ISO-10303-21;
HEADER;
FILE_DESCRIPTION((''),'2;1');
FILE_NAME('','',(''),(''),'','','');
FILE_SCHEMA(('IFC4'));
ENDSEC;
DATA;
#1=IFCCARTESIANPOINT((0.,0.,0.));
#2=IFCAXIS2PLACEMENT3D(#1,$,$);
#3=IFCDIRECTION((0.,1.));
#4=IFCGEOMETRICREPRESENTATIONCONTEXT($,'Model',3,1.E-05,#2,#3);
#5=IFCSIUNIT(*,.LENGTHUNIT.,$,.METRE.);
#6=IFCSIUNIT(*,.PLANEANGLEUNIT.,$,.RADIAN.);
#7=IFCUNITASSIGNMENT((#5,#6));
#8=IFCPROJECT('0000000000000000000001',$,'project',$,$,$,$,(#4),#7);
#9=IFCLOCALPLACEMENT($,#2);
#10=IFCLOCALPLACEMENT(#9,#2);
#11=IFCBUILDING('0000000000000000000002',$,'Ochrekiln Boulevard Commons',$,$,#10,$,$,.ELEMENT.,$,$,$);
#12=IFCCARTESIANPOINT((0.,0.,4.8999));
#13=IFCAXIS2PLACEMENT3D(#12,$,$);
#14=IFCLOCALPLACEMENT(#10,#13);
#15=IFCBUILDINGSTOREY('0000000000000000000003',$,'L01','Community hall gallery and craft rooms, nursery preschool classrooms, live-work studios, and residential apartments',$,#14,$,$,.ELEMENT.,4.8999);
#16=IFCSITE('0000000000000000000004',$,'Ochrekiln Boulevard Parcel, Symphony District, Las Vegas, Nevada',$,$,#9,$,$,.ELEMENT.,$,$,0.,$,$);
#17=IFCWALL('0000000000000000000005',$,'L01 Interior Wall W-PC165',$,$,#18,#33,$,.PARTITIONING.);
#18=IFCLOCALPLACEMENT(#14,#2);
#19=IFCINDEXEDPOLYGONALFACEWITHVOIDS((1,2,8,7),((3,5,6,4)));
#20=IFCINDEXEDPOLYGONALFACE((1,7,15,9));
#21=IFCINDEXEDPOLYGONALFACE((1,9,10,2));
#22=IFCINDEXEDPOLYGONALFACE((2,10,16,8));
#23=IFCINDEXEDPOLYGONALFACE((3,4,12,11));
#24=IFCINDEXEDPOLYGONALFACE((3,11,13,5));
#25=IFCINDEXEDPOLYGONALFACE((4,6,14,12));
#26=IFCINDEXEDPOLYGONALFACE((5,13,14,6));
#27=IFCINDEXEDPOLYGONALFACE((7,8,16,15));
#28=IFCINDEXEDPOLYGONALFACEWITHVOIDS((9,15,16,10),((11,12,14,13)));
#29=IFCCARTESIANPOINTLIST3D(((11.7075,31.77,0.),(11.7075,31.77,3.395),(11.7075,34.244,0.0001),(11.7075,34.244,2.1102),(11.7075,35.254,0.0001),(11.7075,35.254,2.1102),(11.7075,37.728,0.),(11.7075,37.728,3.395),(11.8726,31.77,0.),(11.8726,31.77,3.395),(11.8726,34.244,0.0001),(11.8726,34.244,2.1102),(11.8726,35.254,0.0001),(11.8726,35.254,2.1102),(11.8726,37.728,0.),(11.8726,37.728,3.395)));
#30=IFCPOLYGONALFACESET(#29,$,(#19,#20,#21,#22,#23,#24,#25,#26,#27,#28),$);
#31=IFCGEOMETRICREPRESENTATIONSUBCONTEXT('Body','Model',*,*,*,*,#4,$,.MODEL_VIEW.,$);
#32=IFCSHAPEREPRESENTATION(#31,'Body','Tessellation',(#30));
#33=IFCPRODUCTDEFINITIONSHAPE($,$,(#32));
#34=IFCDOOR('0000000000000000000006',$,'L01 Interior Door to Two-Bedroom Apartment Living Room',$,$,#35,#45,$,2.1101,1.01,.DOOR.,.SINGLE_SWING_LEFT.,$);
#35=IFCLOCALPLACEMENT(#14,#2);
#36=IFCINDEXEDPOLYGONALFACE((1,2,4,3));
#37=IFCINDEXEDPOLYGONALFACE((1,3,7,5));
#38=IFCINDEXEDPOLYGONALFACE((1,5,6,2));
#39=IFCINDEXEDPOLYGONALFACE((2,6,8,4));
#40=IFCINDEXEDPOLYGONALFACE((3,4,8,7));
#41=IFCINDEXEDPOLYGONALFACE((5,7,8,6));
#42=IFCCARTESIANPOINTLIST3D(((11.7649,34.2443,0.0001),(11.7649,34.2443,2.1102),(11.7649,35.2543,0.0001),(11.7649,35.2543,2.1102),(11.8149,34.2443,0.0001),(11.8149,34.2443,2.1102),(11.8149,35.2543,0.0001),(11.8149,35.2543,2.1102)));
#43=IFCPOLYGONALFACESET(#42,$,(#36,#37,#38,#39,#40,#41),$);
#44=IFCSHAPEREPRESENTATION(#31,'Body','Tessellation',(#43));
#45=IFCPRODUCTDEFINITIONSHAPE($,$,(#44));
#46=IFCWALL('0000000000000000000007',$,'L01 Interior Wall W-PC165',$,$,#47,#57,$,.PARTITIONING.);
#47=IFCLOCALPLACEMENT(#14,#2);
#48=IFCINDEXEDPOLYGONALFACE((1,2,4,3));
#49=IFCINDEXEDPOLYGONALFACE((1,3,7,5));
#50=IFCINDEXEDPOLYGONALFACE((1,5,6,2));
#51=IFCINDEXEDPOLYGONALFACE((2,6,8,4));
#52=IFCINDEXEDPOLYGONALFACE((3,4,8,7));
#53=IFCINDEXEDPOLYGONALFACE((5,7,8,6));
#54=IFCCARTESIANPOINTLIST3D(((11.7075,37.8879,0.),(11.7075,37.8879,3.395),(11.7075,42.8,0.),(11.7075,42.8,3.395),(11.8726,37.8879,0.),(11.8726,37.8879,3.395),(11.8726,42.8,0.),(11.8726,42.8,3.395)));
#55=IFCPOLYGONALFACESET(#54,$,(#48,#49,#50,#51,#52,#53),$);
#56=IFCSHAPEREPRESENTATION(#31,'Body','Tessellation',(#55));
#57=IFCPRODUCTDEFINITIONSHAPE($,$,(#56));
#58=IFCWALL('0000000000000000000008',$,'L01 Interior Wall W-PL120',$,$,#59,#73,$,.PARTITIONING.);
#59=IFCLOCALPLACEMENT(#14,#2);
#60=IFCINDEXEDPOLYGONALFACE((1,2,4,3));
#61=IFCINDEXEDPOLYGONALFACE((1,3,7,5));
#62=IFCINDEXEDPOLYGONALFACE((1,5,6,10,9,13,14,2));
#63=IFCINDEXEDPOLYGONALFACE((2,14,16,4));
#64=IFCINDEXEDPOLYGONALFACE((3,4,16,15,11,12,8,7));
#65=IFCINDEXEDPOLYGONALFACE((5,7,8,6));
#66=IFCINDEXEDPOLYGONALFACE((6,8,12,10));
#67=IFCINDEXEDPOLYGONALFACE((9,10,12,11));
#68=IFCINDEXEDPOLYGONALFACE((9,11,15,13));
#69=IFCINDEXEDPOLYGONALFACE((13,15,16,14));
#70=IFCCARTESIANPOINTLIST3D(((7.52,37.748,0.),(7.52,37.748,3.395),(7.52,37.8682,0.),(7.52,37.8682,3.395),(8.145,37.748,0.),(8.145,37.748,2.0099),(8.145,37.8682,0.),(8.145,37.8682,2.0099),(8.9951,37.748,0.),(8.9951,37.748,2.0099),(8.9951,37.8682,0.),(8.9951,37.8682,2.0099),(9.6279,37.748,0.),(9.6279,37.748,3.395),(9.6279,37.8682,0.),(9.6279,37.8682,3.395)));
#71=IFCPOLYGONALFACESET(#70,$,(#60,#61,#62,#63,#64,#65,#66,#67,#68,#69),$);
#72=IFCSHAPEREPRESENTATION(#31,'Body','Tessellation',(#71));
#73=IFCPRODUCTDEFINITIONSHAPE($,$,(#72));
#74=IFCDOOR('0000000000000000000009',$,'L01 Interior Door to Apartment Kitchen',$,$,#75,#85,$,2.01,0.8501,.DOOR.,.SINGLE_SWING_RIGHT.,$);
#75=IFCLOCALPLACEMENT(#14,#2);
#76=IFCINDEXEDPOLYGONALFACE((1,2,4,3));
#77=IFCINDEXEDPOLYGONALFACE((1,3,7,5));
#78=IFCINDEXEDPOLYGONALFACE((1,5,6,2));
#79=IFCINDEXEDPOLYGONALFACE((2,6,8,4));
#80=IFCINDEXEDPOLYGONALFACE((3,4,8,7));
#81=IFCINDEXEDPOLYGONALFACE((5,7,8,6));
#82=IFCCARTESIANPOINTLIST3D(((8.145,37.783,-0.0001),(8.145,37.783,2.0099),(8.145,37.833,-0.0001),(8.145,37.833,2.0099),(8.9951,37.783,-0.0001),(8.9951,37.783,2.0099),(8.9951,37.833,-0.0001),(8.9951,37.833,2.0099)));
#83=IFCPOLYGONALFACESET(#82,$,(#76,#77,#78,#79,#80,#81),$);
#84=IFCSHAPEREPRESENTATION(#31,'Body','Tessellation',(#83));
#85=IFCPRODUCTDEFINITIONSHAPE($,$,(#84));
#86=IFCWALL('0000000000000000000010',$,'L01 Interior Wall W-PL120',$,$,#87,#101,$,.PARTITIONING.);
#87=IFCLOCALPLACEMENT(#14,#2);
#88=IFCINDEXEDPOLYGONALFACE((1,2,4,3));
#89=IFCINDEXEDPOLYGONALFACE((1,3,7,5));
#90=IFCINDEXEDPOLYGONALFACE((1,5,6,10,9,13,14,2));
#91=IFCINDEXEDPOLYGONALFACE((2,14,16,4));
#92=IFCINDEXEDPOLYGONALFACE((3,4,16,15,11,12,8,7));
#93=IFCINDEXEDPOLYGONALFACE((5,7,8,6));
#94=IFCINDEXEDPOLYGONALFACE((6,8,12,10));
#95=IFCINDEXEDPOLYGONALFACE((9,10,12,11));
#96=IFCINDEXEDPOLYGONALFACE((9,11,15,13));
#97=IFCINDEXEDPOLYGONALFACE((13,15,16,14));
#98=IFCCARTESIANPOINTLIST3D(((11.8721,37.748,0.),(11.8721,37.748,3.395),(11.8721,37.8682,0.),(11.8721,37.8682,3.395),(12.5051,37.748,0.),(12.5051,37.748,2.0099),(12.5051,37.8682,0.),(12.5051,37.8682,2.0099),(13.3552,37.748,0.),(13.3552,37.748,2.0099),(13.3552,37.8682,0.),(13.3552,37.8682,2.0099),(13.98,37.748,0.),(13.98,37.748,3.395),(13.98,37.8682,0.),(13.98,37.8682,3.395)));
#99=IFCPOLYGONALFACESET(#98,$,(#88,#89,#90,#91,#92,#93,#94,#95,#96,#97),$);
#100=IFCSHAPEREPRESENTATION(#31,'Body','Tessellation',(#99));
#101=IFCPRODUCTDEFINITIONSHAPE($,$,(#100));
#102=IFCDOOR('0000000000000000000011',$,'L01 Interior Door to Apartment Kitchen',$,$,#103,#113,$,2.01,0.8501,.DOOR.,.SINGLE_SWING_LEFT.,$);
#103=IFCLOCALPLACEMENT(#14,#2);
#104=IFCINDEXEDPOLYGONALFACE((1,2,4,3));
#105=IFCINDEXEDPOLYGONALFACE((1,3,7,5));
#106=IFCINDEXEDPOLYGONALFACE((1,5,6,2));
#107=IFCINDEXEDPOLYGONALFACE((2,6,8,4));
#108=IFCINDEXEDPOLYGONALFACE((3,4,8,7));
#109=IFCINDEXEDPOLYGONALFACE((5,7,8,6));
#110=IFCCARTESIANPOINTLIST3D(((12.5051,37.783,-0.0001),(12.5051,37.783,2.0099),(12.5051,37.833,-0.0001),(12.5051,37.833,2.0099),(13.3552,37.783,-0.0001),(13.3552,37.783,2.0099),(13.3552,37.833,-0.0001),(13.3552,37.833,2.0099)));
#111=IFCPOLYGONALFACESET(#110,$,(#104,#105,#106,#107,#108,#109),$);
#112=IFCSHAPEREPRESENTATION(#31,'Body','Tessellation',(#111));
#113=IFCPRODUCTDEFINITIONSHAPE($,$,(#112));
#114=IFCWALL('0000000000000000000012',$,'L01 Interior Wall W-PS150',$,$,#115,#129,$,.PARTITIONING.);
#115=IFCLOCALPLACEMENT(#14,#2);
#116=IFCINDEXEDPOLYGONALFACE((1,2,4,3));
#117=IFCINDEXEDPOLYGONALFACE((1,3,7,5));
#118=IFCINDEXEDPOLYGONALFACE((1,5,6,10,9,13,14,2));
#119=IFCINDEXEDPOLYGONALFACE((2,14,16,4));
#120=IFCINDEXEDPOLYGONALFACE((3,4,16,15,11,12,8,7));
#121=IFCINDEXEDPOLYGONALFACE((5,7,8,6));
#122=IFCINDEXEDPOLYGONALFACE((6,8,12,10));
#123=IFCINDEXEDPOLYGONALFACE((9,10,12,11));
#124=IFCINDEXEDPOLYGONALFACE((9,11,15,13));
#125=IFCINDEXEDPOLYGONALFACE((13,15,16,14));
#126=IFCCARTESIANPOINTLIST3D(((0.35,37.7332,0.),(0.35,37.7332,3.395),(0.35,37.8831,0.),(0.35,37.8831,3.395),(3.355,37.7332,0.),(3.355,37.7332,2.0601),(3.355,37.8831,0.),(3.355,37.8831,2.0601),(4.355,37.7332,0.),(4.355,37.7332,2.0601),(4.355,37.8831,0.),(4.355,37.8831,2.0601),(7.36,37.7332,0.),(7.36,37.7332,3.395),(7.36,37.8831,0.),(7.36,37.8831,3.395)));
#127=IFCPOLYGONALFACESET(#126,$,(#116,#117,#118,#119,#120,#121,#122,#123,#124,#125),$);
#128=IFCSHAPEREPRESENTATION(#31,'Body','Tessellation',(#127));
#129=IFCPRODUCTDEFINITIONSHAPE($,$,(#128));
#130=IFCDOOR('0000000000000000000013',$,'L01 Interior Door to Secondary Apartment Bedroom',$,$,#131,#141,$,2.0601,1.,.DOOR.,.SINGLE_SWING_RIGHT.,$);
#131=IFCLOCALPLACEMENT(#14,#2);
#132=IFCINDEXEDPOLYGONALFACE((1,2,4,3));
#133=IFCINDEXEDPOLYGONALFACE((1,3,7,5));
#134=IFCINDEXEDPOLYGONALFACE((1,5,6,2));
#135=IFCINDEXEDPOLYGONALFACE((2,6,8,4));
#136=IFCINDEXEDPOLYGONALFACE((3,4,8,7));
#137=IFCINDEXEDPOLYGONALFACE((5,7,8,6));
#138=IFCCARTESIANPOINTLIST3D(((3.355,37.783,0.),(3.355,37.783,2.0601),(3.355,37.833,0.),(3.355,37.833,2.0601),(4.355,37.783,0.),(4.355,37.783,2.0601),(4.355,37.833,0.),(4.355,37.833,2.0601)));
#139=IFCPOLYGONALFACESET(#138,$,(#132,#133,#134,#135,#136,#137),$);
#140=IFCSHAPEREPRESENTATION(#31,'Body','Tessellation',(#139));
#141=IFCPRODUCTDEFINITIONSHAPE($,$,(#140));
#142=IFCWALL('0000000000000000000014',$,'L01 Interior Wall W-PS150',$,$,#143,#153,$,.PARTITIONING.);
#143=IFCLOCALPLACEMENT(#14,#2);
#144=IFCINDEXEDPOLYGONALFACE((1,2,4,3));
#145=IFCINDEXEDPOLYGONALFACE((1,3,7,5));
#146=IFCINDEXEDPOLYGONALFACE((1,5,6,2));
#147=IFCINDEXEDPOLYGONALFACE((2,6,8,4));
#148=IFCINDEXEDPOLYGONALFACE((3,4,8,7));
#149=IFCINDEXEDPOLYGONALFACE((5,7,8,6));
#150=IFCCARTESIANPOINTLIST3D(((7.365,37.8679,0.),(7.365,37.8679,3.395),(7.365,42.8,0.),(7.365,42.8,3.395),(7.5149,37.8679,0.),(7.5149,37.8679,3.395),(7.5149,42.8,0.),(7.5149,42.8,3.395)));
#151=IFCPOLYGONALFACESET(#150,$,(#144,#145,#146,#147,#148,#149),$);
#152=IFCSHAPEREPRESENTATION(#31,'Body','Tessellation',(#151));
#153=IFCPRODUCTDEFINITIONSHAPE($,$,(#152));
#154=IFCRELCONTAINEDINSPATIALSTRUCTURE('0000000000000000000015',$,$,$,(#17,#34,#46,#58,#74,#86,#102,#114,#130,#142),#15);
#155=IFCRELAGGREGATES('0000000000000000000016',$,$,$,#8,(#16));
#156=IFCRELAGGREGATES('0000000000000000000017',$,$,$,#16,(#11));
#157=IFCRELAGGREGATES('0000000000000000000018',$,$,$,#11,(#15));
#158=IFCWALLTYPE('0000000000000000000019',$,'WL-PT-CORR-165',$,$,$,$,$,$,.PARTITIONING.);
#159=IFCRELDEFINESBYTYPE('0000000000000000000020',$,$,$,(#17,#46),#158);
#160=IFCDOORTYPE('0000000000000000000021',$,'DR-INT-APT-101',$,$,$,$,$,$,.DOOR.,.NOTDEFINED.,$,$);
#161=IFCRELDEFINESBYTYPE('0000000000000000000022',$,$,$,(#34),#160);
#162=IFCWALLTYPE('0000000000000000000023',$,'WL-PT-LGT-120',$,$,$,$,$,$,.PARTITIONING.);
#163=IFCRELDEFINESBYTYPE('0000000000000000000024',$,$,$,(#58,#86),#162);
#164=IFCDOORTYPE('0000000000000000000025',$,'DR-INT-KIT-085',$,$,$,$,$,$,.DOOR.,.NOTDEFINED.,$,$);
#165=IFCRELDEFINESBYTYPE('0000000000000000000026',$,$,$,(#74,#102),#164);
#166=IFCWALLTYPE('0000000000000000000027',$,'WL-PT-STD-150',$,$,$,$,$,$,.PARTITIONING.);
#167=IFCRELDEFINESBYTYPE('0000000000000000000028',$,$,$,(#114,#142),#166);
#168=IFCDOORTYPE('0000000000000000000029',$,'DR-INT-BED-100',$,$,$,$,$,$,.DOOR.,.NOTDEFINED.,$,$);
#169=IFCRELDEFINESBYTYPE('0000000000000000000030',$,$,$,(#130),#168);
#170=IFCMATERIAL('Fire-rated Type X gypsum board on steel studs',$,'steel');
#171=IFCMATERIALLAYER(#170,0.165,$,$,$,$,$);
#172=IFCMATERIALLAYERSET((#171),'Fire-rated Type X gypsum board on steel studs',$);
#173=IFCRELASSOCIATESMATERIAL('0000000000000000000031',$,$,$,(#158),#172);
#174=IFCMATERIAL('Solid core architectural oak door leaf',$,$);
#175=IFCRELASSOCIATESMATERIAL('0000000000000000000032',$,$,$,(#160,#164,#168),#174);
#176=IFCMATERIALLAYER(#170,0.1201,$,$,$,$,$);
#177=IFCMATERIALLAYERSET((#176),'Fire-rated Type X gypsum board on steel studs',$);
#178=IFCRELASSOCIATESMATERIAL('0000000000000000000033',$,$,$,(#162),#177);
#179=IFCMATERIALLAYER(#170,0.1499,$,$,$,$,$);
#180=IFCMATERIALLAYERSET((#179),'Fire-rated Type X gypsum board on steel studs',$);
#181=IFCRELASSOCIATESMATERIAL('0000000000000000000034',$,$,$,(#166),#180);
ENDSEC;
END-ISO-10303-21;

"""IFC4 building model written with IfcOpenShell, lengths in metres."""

from ifc_helpers import new_model, si_unit, direction, frame, frame_2d, origin, place, context, subcontext, project, spatial, rectangle, extrude, material, layer, layer_set, type_object, element, fill, save


model = new_model("IFC4")

# Units and contexts
model_context = context("Model", 3, precision=1e-05, world=origin(), true_north=direction((0.0, 1.0)))
body_context = subcontext(model_context, "Body", "Model", "MODEL_VIEW")
ifc_project = project(units=[si_unit("LENGTHUNIT", "METRE"), si_unit("PLANEANGLEUNIT", "RADIAN")], contexts=[model_context])

# Site, building, storey
site_placement = place(None, origin())
site = spatial("IfcSite", under=ifc_project, at=site_placement, Name="Ochrekiln Boulevard Parcel, Symphony District, Las Vegas, Nevada", CompositionType="ELEMENT", RefElevation=0.0)
building_placement = place(site_placement, origin())
building = spatial("IfcBuilding", under=site, at=building_placement, Name="Ochrekiln Boulevard Commons", CompositionType="ELEMENT")
storey_placement = place(building_placement, frame((0.0, 0.0, 4.8999)))
storey = spatial("IfcBuildingStorey", under=building, at=storey_placement, Name="L01", Description="Community hall gallery and craft rooms, nursery preschool classrooms, live-work studios, and residential apartments", CompositionType="ELEMENT", Elevation=4.8999)

# Shared definitions
ifc_material_1 = material(Name="Fire-rated Type X gypsum board on steel studs", Category="steel")
ifc_layer_1 = layer(ifc_material_1, 0.165)
ifc_layer_set_1 = layer_set([ifc_layer_1], Name="Fire-rated Type X gypsum board on steel studs")
wall_type_1 = type_object("IfcWallType", Name="WL-PT-CORR-165", PredefinedType="PARTITIONING", material=ifc_layer_set_1)
ifc_material_2 = material(Name="Solid core architectural oak door leaf")
door_type_1 = type_object("IfcDoorType", Name="DR-INT-APT-101", OperationType="NOTDEFINED", PredefinedType="DOOR", material=ifc_material_2)

# Wall, opening, door
wall_1_placement = place(storey_placement, frame((11.79, 31.77, 0.0), z_axis=(0.0, 0.0, 1.0), x_axis=(0.0, 1.0, 0.0)))
wall_1 = element("IfcWall", 1, at=wall_1_placement, inside=storey, type_object=wall_type_1, Name="L01 Interior Wall W-PC165", PredefinedType="PARTITIONING", context=body_context, shape_type="SweptSolid", body=[
    extrude(rectangle(XDim=5.958, YDim=0.165, at=frame_2d((2.979, 0.0))), origin(), (0.0, 0.0, 1.0), 3.395),
])
opening_1_placement = place(wall_1_placement, frame((2.4741, 0.0, 0.0)))
opening_1 = element("IfcOpeningElement", 2, at=opening_1_placement, cuts=wall_1, PredefinedType="OPENING", context=body_context, shape_type="SweptSolid", body=[
    extrude(rectangle(XDim=1.01, YDim=2.1101, at=frame_2d((0.5049, 1.0552))), frame((0.0, 0.0925, 0.0), z_axis=(0.0, -1.0, 0.0), x_axis=(1.0, 0.0, 0.0)), (0.0, 0.0, 1.0), 0.1851),
])
door_1_placement = place(opening_1_placement, frame((1.01, 0.0, 0.0), z_axis=(0.0, 0.0, 1.0), x_axis=(-1.0, 0.0, 0.0)))
door_1 = element("IfcDoor", 3, at=door_1_placement, inside=storey, type_object=door_type_1, Name="L01 Interior Door to Two-Bedroom Apartment Living Room", OperationType="SINGLE_SWING_LEFT", OverallHeight=2.1101, OverallWidth=1.01, PredefinedType="DOOR", context=body_context, shape_type="SweptSolid", body=[
    extrude(rectangle(XDim=1.01, YDim=2.1101, at=frame_2d((0.5049, 1.0552))), frame((0.0, 0.0249, 0.0), z_axis=(0.0, -1.0, 0.0), x_axis=(1.0, 0.0, 0.0)), (0.0, 0.0, 1.0), 0.05),
])
fill(opening_1, door_1)

# Wall
wall_2_placement = place(storey_placement, frame((11.79, 37.8879, 0.0), z_axis=(0.0, 0.0, 1.0), x_axis=(0.0, 1.0, 0.0)))
element("IfcWall", 4, at=wall_2_placement, inside=storey, type_object=wall_type_1, Name="L01 Interior Wall W-PC165", PredefinedType="PARTITIONING", context=body_context, shape_type="SweptSolid", body=[
    extrude(rectangle(XDim=4.9121, YDim=0.165, at=frame_2d((2.4561, 0.0))), origin(), (0.0, 0.0, 1.0), 3.395),
])

# Walls, openings, doors
ifc_layer_2 = layer(ifc_material_1, 0.1201)
ifc_layer_set_2 = layer_set([ifc_layer_2], Name="Fire-rated Type X gypsum board on steel studs")
wall_type_2 = type_object("IfcWallType", Name="WL-PT-LGT-120", PredefinedType="PARTITIONING", material=ifc_layer_set_2)
wall_3_placement = place(storey_placement, frame((7.52, 37.8081, 0.0), z_axis=(0.0, 0.0, 1.0), x_axis=(1.0, 0.0, 0.0)))
wall_3 = element("IfcWall", 5, at=wall_3_placement, inside=storey, type_object=wall_type_2, Name="L01 Interior Wall W-PL120", PredefinedType="PARTITIONING", context=body_context, shape_type="SweptSolid", body=[
    extrude(rectangle(XDim=2.1079, YDim=0.1201, at=frame_2d((1.054, 0.0))), origin(), (0.0, 0.0, 1.0), 3.395),
])
opening_2_placement = place(wall_3_placement, frame((0.625, 0.0, 0.0)))
opening_2 = element("IfcOpeningElement", 6, at=opening_2_placement, cuts=wall_3, PredefinedType="OPENING", context=body_context, shape_type="SweptSolid", body=[
    extrude(rectangle(XDim=0.8501, YDim=2.01, at=frame_2d((0.425, 1.0049))), frame((0.0, 0.0701, 0.0), z_axis=(0.0, -1.0, 0.0), x_axis=(1.0, 0.0, 0.0)), (0.0, 0.0, 1.0), 0.1401),
])
door_type_2 = type_object("IfcDoorType", Name="DR-INT-KIT-085", OperationType="NOTDEFINED", PredefinedType="DOOR", material=ifc_material_2)
door_2_placement = place(opening_2_placement, origin())
door_2 = element("IfcDoor", 7, at=door_2_placement, inside=storey, type_object=door_type_2, Name="L01 Interior Door to Apartment Kitchen", OperationType="SINGLE_SWING_RIGHT", OverallHeight=2.01, OverallWidth=0.8501, PredefinedType="DOOR", context=body_context, shape_type="SweptSolid", body=[
    extrude(rectangle(XDim=0.8501, YDim=2.01, at=frame_2d((0.425, 1.0049))), frame((0.0, 0.0249, 0.0), z_axis=(0.0, -1.0, 0.0), x_axis=(1.0, 0.0, 0.0)), (0.0, 0.0, 1.0), 0.05),
])
fill(opening_2, door_2)
wall_4_placement = place(storey_placement, frame((11.8721, 37.8081, 0.0), z_axis=(0.0, 0.0, 1.0), x_axis=(1.0, 0.0, 0.0)))
wall_4 = element("IfcWall", 8, at=wall_4_placement, inside=storey, type_object=wall_type_2, Name="L01 Interior Wall W-PL120", PredefinedType="PARTITIONING", context=body_context, shape_type="SweptSolid", body=[
    extrude(rectangle(XDim=2.1079, YDim=0.1201, at=frame_2d((1.054, 0.0))), origin(), (0.0, 0.0, 1.0), 3.395),
])
opening_3_placement = place(wall_4_placement, frame((0.6331, 0.0, 0.0)))
opening_3 = element("IfcOpeningElement", 9, at=opening_3_placement, cuts=wall_4, PredefinedType="OPENING", context=body_context, shape_type="SweptSolid", body=[
    extrude(rectangle(XDim=0.8501, YDim=2.01, at=frame_2d((0.425, 1.0049))), frame((0.0, 0.0701, 0.0), z_axis=(0.0, -1.0, 0.0), x_axis=(1.0, 0.0, 0.0)), (0.0, 0.0, 1.0), 0.1401),
])
door_3_placement = place(opening_3_placement, origin())
door_3 = element("IfcDoor", 10, at=door_3_placement, inside=storey, type_object=door_type_2, Name="L01 Interior Door to Apartment Kitchen", OperationType="SINGLE_SWING_LEFT", OverallHeight=2.01, OverallWidth=0.8501, PredefinedType="DOOR", context=body_context, shape_type="SweptSolid", body=[
    extrude(rectangle(XDim=0.8501, YDim=2.01, at=frame_2d((0.425, 1.0049))), frame((0.0, 0.0249, 0.0), z_axis=(0.0, -1.0, 0.0), x_axis=(1.0, 0.0, 0.0)), (0.0, 0.0, 1.0), 0.05),
])
fill(opening_3, door_3)
ifc_layer_3 = layer(ifc_material_1, 0.1499)
ifc_layer_set_3 = layer_set([ifc_layer_3], Name="Fire-rated Type X gypsum board on steel studs")
wall_type_3 = type_object("IfcWallType", Name="WL-PT-STD-150", PredefinedType="PARTITIONING", material=ifc_layer_set_3)
wall_5_placement = place(storey_placement, frame((0.3501, 37.8081, 0.0), z_axis=(0.0, 0.0, 1.0), x_axis=(1.0, 0.0, 0.0)))
wall_5 = element("IfcWall", 11, at=wall_5_placement, inside=storey, type_object=wall_type_3, Name="L01 Interior Wall W-PS150", PredefinedType="PARTITIONING", context=body_context, shape_type="SweptSolid", body=[
    extrude(rectangle(XDim=7.01, YDim=0.1499, at=frame_2d((3.5049, 0.0))), origin(), (0.0, 0.0, 1.0), 3.395),
])
opening_4_placement = place(wall_5_placement, frame((3.0049, 0.0, 0.0)))
opening_4 = element("IfcOpeningElement", 12, at=opening_4_placement, cuts=wall_5, PredefinedType="OPENING", context=body_context, shape_type="SweptSolid", body=[
    extrude(rectangle(XDim=1.0, YDim=2.0601, at=frame_2d((0.5, 1.03))), frame((0.0, 0.085, 0.0), z_axis=(0.0, -1.0, 0.0), x_axis=(1.0, 0.0, 0.0)), (0.0, 0.0, 1.0), 0.1699),
])
door_type_3 = type_object("IfcDoorType", Name="DR-INT-BED-100", OperationType="NOTDEFINED", PredefinedType="DOOR", material=ifc_material_2)
door_4_placement = place(opening_4_placement, origin())
door_4 = element("IfcDoor", 13, at=door_4_placement, inside=storey, type_object=door_type_3, Name="L01 Interior Door to Secondary Apartment Bedroom", OperationType="SINGLE_SWING_RIGHT", OverallHeight=2.0601, OverallWidth=1.0, PredefinedType="DOOR", context=body_context, shape_type="SweptSolid", body=[
    extrude(rectangle(XDim=1.0, YDim=2.0601, at=frame_2d((0.5, 1.03))), frame((0.0, 0.0249, 0.0), z_axis=(0.0, -1.0, 0.0), x_axis=(1.0, 0.0, 0.0)), (0.0, 0.0, 1.0), 0.05),
])
fill(opening_4, door_4)

# Wall
wall_6_placement = place(storey_placement, frame((7.4399, 37.8679, 0.0), z_axis=(0.0, 0.0, 1.0), x_axis=(0.0, 1.0, 0.0)))
element("IfcWall", 14, at=wall_6_placement, inside=storey, type_object=wall_type_3, Name="L01 Interior Wall W-PS150", PredefinedType="PARTITIONING", context=body_context, shape_type="SweptSolid", body=[
    extrude(rectangle(XDim=4.9321, YDim=0.1499, at=frame_2d((2.4661, 0.0))), origin(), (0.0, 0.0, 1.0), 3.395),
])

save(model, "model.ifc")
